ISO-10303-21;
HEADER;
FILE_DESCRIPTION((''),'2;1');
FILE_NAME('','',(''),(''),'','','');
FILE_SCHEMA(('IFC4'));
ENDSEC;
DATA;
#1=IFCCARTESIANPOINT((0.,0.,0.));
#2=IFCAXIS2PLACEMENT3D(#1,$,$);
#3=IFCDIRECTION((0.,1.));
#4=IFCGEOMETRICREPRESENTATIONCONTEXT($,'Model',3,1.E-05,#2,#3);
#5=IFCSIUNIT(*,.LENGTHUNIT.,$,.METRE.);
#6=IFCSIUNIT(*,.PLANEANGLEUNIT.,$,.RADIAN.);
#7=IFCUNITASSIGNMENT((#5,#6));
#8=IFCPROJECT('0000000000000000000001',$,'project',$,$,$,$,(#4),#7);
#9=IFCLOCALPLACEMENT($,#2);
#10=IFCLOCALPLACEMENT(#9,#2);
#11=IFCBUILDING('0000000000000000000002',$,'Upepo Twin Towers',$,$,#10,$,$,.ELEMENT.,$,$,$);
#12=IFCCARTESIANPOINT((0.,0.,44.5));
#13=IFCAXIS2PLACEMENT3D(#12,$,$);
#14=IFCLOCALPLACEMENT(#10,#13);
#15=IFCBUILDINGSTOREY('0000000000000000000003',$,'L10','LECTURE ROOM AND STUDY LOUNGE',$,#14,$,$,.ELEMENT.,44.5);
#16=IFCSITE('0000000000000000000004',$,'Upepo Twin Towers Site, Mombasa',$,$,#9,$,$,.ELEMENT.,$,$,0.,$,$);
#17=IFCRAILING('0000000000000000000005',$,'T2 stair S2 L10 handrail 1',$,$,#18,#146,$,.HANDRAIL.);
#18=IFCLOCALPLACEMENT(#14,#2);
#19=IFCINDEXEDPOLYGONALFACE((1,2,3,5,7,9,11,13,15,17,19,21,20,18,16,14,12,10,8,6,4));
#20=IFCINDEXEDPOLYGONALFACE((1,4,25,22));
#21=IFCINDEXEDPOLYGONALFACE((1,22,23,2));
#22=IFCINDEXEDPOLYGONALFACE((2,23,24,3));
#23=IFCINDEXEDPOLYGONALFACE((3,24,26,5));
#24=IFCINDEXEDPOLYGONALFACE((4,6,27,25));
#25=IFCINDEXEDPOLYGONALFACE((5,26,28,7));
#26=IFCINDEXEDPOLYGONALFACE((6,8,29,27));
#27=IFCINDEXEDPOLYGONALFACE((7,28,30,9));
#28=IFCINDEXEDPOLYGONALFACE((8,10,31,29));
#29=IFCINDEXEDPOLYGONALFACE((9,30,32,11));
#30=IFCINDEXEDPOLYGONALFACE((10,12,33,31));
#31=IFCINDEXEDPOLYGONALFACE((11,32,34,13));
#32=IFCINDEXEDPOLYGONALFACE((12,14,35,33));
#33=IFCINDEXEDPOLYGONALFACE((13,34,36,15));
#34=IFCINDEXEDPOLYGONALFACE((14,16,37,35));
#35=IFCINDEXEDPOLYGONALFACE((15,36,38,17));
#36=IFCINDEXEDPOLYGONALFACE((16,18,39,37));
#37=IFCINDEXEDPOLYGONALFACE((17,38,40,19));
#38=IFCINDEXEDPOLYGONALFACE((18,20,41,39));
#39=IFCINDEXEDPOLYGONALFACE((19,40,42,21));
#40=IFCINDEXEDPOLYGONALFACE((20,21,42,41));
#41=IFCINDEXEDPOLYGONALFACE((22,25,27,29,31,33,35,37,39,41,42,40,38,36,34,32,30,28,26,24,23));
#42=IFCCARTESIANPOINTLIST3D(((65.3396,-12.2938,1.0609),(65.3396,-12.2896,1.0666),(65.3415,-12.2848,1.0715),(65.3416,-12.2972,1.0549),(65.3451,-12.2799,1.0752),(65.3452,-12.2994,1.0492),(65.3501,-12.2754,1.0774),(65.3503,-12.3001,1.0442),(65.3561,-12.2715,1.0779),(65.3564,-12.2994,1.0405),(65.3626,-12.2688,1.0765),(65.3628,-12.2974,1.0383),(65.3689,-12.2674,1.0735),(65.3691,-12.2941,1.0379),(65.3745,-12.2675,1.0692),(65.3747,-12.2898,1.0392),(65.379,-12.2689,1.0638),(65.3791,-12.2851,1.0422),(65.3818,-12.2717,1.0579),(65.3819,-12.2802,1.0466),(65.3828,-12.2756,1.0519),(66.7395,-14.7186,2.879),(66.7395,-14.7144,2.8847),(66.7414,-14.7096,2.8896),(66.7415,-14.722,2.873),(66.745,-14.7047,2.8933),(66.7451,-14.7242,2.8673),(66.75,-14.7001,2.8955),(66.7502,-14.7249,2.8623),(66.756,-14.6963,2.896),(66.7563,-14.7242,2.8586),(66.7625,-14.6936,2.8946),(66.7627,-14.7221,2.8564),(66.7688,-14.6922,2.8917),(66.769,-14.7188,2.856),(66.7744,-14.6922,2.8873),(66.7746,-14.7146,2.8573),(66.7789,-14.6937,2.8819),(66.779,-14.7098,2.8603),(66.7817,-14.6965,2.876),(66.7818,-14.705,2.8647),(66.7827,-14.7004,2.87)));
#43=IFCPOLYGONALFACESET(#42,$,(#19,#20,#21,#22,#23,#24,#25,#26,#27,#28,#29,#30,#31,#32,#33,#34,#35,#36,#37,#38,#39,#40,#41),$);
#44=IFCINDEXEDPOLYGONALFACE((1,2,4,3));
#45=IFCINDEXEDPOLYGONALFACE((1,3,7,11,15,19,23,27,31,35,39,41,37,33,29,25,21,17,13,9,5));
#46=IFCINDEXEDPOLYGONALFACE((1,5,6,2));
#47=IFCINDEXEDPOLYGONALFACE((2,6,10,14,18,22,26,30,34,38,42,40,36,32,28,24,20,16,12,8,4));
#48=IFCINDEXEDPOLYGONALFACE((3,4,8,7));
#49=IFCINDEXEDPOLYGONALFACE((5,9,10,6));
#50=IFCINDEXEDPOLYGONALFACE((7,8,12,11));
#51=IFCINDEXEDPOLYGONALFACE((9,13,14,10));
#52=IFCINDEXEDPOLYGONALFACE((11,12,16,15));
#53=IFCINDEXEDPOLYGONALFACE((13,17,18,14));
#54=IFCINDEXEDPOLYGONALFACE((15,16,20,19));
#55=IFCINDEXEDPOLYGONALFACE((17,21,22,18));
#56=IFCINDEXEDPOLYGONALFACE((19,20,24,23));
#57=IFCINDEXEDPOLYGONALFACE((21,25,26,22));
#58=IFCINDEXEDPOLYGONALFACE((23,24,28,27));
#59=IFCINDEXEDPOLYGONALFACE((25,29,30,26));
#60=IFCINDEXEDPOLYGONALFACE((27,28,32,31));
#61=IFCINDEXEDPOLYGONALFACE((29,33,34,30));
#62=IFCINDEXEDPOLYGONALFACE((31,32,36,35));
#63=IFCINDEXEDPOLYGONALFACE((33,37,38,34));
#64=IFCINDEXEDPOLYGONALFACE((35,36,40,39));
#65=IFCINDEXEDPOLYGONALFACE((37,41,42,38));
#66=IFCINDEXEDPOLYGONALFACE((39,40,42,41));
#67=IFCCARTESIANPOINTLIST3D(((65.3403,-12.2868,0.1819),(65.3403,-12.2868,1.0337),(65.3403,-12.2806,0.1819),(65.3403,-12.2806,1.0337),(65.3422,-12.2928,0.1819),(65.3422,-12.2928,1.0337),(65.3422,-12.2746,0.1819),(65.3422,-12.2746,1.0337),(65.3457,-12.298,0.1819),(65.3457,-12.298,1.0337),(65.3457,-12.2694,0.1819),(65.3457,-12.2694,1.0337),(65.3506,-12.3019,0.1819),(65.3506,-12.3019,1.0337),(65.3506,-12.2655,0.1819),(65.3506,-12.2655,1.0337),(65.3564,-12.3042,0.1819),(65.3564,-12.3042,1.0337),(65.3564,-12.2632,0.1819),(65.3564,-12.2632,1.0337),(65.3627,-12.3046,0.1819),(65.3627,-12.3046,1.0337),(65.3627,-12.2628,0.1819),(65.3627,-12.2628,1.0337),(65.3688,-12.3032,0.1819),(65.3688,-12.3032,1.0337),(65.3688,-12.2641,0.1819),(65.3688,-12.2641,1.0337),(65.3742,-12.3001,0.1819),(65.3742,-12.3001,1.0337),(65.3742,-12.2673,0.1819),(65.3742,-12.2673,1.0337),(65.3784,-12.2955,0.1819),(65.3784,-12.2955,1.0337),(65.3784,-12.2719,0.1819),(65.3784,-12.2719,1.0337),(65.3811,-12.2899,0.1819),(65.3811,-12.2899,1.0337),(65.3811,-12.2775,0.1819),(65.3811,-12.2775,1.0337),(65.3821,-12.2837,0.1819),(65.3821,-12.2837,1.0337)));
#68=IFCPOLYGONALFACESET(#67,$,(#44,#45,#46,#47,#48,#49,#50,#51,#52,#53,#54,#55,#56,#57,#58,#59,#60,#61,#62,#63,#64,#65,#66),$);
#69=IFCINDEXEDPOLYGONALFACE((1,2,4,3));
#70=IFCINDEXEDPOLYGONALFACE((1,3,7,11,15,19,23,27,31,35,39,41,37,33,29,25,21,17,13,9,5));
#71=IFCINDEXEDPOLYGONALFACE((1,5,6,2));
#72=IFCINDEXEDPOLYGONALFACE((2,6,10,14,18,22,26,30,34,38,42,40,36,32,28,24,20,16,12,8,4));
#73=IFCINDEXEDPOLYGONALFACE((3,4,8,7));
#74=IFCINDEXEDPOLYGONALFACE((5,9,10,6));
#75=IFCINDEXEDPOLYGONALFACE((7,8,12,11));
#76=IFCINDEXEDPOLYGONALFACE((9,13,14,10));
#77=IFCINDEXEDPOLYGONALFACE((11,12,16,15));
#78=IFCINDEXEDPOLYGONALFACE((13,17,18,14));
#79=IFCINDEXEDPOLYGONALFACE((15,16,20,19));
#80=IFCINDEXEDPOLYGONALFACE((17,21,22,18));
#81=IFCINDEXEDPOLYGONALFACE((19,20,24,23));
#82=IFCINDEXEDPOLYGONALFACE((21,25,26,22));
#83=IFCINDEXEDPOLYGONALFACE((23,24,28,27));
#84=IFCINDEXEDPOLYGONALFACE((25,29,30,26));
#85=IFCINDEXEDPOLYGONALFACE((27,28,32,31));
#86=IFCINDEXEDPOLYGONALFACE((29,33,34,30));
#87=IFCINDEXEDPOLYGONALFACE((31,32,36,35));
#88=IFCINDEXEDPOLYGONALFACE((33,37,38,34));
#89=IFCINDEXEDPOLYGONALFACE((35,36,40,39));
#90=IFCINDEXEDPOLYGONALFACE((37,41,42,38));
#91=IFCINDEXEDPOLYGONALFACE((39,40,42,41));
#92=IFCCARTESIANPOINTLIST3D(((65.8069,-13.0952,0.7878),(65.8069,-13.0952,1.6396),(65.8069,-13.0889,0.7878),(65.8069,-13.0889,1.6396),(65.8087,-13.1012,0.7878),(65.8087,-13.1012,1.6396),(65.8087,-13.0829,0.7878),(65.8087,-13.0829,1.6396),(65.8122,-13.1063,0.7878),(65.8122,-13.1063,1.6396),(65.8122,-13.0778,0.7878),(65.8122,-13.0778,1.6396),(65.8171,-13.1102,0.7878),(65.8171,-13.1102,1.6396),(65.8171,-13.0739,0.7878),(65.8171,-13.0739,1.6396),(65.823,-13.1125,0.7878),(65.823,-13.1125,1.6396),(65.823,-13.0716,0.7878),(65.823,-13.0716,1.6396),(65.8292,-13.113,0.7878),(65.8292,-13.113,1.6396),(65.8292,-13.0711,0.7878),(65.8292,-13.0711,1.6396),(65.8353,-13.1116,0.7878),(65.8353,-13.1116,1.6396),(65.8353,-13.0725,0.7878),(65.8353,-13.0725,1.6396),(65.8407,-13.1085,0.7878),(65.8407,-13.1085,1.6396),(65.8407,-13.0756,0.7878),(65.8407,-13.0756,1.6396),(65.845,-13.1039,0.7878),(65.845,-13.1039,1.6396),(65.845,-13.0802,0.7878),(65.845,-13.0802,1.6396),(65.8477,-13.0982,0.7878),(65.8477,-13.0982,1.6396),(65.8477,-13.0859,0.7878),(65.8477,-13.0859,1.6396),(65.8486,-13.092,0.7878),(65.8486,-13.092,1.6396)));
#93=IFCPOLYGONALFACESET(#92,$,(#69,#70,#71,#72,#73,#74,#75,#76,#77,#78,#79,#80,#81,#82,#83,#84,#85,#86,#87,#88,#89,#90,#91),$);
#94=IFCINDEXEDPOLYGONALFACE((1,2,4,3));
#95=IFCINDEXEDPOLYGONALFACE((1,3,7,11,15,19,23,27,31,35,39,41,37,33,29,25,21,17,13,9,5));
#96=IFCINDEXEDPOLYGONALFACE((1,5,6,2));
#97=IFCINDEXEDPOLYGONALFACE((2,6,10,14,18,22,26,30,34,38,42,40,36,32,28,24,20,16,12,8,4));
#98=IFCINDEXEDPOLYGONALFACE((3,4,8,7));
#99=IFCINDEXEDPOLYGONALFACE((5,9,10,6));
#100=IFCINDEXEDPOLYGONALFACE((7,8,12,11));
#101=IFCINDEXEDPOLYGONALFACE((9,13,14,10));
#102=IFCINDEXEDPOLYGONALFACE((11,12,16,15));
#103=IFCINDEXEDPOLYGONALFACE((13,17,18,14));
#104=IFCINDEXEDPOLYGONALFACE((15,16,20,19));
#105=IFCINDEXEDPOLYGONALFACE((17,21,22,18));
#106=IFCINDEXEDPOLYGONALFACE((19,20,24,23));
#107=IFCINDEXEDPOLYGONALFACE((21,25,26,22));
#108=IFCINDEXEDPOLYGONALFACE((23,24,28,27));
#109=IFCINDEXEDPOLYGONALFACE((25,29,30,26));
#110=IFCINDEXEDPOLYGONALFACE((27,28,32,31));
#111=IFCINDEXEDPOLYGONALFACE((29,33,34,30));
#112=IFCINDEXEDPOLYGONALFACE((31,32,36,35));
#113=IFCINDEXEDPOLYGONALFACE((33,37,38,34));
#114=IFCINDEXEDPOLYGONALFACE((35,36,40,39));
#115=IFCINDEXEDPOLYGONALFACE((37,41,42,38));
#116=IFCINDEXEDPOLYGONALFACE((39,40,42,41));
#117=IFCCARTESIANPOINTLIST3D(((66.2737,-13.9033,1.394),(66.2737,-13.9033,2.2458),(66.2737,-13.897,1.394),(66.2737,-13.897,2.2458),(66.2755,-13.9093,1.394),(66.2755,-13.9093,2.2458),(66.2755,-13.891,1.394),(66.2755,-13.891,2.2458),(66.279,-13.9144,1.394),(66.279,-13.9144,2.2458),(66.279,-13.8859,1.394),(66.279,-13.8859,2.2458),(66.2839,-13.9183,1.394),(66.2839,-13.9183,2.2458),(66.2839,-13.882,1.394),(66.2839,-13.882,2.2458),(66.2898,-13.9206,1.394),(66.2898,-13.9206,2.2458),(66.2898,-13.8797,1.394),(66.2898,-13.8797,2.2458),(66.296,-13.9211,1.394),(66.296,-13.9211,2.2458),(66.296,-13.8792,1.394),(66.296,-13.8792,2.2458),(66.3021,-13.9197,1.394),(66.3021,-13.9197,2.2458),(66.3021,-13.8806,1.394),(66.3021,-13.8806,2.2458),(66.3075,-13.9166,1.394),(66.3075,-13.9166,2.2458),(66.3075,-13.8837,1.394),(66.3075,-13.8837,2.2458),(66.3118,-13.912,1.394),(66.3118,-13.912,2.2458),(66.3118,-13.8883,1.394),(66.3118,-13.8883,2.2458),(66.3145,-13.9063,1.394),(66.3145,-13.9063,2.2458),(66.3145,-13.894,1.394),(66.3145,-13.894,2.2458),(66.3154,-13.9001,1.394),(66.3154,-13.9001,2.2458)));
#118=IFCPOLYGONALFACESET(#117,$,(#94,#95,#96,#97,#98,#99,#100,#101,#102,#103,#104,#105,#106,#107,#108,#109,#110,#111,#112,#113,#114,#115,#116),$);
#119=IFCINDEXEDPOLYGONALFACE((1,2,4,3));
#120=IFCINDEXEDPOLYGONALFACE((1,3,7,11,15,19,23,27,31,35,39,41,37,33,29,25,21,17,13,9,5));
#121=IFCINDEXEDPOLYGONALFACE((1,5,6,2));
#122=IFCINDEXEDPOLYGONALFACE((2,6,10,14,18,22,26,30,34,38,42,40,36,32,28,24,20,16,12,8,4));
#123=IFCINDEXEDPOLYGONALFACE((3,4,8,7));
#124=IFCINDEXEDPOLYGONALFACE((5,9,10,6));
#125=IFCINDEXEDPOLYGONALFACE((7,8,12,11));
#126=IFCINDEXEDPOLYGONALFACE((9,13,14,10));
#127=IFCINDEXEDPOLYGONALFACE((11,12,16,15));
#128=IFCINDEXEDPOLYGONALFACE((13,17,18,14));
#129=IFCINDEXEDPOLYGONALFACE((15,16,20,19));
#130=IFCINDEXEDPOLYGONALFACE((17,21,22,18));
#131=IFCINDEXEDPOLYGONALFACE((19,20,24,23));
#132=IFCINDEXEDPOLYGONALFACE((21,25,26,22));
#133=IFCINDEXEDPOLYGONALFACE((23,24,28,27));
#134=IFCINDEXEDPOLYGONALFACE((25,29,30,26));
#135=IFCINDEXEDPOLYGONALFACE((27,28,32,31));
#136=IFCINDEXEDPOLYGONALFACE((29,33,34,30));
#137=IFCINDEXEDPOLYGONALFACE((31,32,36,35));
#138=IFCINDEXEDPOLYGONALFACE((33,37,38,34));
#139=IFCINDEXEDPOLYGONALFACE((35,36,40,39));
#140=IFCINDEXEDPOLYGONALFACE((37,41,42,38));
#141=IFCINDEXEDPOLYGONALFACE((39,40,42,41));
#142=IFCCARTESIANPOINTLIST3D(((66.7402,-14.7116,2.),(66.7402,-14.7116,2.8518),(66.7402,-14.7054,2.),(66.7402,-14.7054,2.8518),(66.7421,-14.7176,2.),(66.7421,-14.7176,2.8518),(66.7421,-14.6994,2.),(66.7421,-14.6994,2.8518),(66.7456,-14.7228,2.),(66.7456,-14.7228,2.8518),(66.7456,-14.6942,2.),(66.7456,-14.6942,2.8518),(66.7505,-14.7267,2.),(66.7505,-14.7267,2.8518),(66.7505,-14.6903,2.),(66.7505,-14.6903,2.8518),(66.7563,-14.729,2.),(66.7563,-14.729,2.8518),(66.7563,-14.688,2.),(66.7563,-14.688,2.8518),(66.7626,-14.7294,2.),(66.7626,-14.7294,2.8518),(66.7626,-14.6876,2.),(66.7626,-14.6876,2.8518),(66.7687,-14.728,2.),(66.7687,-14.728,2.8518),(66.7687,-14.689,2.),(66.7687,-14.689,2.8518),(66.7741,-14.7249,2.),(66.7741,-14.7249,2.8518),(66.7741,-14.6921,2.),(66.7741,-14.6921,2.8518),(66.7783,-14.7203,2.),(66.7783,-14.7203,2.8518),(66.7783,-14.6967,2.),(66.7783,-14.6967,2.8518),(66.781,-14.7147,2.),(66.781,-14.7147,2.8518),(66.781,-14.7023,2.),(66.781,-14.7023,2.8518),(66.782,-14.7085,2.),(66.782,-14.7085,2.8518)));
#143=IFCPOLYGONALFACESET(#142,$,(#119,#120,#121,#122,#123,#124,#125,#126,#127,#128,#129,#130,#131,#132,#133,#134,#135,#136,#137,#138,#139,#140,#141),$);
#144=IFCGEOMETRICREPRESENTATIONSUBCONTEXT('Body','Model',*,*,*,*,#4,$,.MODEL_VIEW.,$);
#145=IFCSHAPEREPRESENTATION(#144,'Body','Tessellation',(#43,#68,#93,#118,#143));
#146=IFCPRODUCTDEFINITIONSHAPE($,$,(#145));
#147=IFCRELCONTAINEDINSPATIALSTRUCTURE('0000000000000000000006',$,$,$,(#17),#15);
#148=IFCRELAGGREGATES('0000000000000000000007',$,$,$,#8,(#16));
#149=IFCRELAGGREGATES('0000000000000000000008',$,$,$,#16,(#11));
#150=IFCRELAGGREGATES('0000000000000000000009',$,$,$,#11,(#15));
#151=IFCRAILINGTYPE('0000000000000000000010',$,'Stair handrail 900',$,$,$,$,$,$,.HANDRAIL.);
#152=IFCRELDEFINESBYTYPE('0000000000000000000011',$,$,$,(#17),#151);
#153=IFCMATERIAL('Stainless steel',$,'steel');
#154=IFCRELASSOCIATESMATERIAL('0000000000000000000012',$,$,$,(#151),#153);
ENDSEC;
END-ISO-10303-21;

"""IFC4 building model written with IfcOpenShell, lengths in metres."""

from ifc_helpers import new_model, si_unit, direction, frame, origin, origin_2d, place, context, subcontext, project, spatial, circle, extrude, material, type_object, element, save


model = new_model("IFC4")

# Units and contexts
model_context = context("Model", 3, precision=1e-05, world=origin(), true_north=direction((0.0, 1.0)))
body_context = subcontext(model_context, "Body", "Model", "MODEL_VIEW")
ifc_project = project(units=[si_unit("LENGTHUNIT", "METRE"), si_unit("PLANEANGLEUNIT", "RADIAN")], contexts=[model_context])

# Site, building, storey
site_placement = place(None, origin())
site = spatial("IfcSite", under=ifc_project, at=site_placement, Name="Upepo Twin Towers Site, Mombasa", CompositionType="ELEMENT", RefElevation=0.0)
building_placement = place(site_placement, origin())
building = spatial("IfcBuilding", under=site, at=building_placement, Name="Upepo Twin Towers", CompositionType="ELEMENT")
storey_placement = place(building_placement, frame((0.0, 0.0, 44.5)))
storey = spatial("IfcBuildingStorey", under=building, at=storey_placement, Name="L10", Description="LECTURE ROOM AND STUDY LOUNGE", CompositionType="ELEMENT", Elevation=44.5)

# Railing
ifc_material_1 = material(Name="Stainless steel", Category="steel")
railing_type = type_object("IfcRailingType", Name="Stair handrail 900", PredefinedType="HANDRAIL", material=ifc_material_1)
railing_1_placement = place(storey_placement, frame((65.3611, -12.2837, 0.1819)))
element("IfcRailing", 1, at=railing_1_placement, inside=storey, type_object=railing_type, Name="T2 stair S2 L10 handrail 1", PredefinedType="HANDRAIL", context=body_context, shape_type="SweptSolid", body=[
    extrude(circle(Radius=0.0239, at=origin_2d()), frame((0.0, 0.0, 0.876), z_axis=(0.419333, -0.726336, 0.544606), x_axis=(0.866035, 0.499984, 0.0)), (0.0, 0.0, 1.0), 3.3384),
    extrude(circle(Radius=0.021, at=origin_2d()), origin(), (0.0, 0.0, 1.0), 0.8518),
    extrude(circle(Radius=0.021, at=origin_2d()), frame((0.4666, -0.8083, 0.606)), (0.0, 0.0, 1.0), 0.8518),
    extrude(circle(Radius=0.021, at=origin_2d()), frame((0.9333, -1.6165, 1.2122)), (0.0, 0.0, 1.0), 0.8518),
    extrude(circle(Radius=0.021, at=origin_2d()), frame((1.3999, -2.4248, 1.8181)), (0.0, 0.0, 1.0), 0.8518),
])

save(model, "model.ifc")
